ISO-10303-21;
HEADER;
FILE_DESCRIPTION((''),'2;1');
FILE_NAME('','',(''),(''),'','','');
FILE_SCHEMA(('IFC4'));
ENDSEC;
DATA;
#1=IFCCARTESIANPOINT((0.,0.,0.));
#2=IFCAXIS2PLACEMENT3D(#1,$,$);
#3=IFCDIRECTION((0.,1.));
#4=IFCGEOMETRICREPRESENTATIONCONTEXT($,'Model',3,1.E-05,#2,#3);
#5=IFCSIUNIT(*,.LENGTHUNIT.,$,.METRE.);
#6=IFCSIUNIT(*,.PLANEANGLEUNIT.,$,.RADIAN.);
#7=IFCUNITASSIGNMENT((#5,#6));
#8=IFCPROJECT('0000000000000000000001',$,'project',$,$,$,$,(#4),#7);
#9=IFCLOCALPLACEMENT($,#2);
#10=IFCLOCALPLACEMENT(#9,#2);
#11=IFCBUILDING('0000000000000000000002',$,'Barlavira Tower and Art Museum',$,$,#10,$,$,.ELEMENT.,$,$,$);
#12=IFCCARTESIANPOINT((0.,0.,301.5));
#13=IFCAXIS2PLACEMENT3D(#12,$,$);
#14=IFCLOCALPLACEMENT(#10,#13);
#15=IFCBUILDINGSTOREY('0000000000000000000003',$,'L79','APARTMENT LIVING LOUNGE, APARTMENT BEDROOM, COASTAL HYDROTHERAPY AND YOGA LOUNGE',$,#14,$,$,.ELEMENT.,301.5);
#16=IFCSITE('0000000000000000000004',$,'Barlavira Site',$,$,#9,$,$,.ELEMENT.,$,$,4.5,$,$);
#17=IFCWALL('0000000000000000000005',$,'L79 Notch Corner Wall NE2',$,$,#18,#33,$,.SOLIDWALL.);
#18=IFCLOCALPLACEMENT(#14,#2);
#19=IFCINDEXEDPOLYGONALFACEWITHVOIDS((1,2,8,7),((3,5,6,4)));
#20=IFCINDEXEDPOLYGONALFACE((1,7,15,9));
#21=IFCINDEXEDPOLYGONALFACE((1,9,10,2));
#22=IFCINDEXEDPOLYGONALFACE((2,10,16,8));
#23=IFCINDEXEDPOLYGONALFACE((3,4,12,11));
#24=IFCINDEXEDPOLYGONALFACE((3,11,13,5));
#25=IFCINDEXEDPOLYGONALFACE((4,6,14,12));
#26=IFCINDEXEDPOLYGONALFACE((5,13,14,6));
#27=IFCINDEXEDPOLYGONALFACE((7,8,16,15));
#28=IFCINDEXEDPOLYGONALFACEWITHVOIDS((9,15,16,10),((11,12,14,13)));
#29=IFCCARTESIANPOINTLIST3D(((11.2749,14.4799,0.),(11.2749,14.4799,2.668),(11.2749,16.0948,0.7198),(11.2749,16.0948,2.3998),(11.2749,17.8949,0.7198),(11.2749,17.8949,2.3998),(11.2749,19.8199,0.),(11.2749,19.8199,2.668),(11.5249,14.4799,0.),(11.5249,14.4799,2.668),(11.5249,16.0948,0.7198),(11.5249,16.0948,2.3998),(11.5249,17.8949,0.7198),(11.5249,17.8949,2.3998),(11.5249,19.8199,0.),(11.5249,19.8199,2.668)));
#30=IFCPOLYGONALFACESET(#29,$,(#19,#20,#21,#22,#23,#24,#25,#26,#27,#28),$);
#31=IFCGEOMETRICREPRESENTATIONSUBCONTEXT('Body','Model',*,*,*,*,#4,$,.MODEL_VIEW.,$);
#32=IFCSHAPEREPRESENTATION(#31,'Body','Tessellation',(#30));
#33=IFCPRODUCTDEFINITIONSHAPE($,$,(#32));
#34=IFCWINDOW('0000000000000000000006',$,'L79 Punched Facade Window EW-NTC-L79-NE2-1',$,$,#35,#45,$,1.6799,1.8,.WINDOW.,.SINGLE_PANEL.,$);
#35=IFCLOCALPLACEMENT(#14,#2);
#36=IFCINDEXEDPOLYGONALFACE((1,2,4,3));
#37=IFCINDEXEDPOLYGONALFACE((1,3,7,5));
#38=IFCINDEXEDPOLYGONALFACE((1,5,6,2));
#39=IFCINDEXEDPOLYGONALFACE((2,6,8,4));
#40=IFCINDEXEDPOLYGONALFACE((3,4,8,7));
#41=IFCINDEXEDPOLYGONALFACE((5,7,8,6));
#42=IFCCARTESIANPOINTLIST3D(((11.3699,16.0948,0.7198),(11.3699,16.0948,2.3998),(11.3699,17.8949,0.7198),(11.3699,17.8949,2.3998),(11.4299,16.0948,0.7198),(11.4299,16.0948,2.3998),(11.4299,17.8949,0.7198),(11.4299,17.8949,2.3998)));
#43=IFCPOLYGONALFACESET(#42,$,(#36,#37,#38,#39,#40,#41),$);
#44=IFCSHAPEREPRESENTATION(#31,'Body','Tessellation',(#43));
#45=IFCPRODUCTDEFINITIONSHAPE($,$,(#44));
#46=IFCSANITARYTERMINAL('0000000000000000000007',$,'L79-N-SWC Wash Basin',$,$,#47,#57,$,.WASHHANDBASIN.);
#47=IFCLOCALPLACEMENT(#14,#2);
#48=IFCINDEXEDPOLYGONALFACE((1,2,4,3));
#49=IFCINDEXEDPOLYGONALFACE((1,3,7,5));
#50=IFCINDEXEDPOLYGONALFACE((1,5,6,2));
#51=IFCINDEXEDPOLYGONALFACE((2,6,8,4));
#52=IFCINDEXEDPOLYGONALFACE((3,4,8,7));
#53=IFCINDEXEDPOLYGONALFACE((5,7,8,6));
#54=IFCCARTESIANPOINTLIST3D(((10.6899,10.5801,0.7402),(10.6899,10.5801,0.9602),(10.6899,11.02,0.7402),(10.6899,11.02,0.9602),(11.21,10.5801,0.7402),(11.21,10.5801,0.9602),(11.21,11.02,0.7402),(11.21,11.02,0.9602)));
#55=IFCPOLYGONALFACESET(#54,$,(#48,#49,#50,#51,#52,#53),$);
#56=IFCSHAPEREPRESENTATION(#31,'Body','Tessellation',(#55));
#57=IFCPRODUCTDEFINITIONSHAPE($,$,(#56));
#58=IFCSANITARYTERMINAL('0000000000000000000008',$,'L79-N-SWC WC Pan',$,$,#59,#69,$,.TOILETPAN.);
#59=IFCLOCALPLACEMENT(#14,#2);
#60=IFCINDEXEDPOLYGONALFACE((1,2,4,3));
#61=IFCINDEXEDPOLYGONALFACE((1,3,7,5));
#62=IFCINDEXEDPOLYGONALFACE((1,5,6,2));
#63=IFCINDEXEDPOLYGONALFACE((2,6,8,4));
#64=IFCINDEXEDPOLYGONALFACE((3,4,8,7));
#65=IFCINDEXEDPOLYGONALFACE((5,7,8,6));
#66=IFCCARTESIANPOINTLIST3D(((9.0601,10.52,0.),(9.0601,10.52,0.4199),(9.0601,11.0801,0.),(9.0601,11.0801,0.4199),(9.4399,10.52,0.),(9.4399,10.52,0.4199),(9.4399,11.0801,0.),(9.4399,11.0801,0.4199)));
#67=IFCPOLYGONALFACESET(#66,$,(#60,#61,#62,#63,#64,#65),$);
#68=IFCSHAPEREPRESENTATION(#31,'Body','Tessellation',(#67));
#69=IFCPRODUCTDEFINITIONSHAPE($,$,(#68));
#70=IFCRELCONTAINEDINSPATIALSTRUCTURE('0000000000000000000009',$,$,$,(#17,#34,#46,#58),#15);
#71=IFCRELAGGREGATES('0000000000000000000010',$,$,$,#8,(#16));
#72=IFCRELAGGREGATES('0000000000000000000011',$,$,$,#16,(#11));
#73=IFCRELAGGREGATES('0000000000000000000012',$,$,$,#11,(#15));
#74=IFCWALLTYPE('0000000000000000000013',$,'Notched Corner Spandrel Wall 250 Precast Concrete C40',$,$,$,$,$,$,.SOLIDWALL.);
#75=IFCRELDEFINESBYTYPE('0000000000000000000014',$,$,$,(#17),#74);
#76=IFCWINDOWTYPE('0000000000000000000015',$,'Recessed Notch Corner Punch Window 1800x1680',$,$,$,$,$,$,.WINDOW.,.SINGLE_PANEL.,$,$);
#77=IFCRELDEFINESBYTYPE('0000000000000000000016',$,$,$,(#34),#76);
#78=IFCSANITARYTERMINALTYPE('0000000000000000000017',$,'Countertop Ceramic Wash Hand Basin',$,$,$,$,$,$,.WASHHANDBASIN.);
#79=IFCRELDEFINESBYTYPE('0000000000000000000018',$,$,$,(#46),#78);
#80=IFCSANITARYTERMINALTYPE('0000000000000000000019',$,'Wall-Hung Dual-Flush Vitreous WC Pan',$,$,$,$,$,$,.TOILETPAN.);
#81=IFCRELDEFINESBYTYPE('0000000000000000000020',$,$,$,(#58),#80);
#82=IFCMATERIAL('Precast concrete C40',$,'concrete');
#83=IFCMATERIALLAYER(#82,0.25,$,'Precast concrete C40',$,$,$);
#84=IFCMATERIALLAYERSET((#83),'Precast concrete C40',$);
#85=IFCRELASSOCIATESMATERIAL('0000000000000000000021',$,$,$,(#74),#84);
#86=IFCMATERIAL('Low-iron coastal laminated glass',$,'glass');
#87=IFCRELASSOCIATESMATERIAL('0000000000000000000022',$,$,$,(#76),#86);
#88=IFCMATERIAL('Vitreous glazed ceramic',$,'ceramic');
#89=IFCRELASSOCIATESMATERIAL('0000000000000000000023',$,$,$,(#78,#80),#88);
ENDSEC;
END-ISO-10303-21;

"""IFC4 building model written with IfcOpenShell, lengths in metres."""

from ifc_helpers import new_model, si_unit, direction, frame, frame_2d, origin, origin_2d, place, context, subcontext, project, spatial, rectangle, extrude, material, layer, layer_set, type_object, element, fill, save


model = new_model("IFC4")

# Units and contexts
model_context = context("Model", 3, precision=1e-05, world=origin(), true_north=direction((0.0, 1.0)))
body_context = subcontext(model_context, "Body", "Model", "MODEL_VIEW")
ifc_project = project(units=[si_unit("LENGTHUNIT", "METRE"), si_unit("PLANEANGLEUNIT", "RADIAN")], contexts=[model_context])

# Site, building, storey
site_placement = place(None, origin())
site = spatial("IfcSite", under=ifc_project, at=site_placement, Name="Barlavira Site", CompositionType="ELEMENT", RefElevation=4.5)
building_placement = place(site_placement, origin())
building = spatial("IfcBuilding", under=site, at=building_placement, Name="Barlavira Tower and Art Museum", CompositionType="ELEMENT")
storey_placement = place(building_placement, frame((0.0, 0.0, 301.5)))
storey = spatial("IfcBuildingStorey", under=building, at=storey_placement, Name="L79", Description="APARTMENT LIVING LOUNGE, APARTMENT BEDROOM, COASTAL HYDROTHERAPY AND YOGA LOUNGE", CompositionType="ELEMENT", Elevation=301.5)

# Shared definitions
ifc_material_1 = material(Name="Precast concrete C40", Category="concrete")
ifc_layer_1 = layer(ifc_material_1, 0.25, Name="Precast concrete C40")
ifc_layer_set_1 = layer_set([ifc_layer_1], Name="Precast concrete C40")
wall_type_1 = type_object("IfcWallType", Name="Notched Corner Spandrel Wall 250 Precast Concrete C40", PredefinedType="SOLIDWALL", material=ifc_layer_set_1)
ifc_material_2 = material(Name="Low-iron coastal laminated glass", Category="glass")

# Shared definitions
window_type_1 = type_object("IfcWindowType", Name="Recessed Notch Corner Punch Window 1800x1680", PartitioningType="SINGLE_PANEL", PredefinedType="WINDOW", material=ifc_material_2)

# Wall, opening, window
wall_1_placement = place(storey_placement, frame((11.3999, 14.48, 0.0), z_axis=(0.0, 0.0, 1.0), x_axis=(0.0, 1.0, 0.0)))
wall_1 = element("IfcWall", 1, at=wall_1_placement, inside=storey, type_object=wall_type_1, Name="L79 Notch Corner Wall NE2", PredefinedType="SOLIDWALL", context=body_context, shape_type="SweptSolid", body=[
    extrude(rectangle(XDim=5.3401, YDim=0.25, at=frame_2d((2.6699, 0.0))), origin(), (0.0, 0.0, 1.0), 2.668),
])
opening_1_placement = place(wall_1_placement, frame((1.615, 0.0, 0.72)))
opening_1 = element("IfcOpeningElement", 2, at=opening_1_placement, cuts=wall_1, PredefinedType="OPENING", context=body_context, shape_type="SweptSolid", body=[
    extrude(rectangle(XDim=1.8, YDim=1.6799, at=frame_2d((0.8999, 0.8398))), frame((0.0, 0.135, 0.0), z_axis=(0.0, -1.0, 0.0), x_axis=(1.0, 0.0, 0.0)), (0.0, 0.0, 1.0), 0.27),
])
window_1_placement = place(opening_1_placement, origin())
window_1 = element("IfcWindow", 3, at=window_1_placement, inside=storey, type_object=window_type_1, Name="L79 Punched Facade Window EW-NTC-L79-NE2-1", OverallHeight=1.6799, OverallWidth=1.8, PartitioningType="SINGLE_PANEL", PredefinedType="WINDOW", context=body_context, shape_type="SweptSolid", body=[
    extrude(rectangle(XDim=1.8, YDim=1.6799, at=frame_2d((0.8999, 0.8398))), frame((0.0, 0.03, 0.0), z_axis=(0.0, -1.0, 0.0), x_axis=(1.0, 0.0, 0.0)), (0.0, 0.0, 1.0), 0.0601),
])
fill(opening_1, window_1)

# Sanitary terminals
ifc_material_3 = material(Name="Vitreous glazed ceramic", Category="ceramic")
sanitary_terminal_type_1 = type_object("IfcSanitaryTerminalType", Name="Countertop Ceramic Wash Hand Basin", PredefinedType="WASHHANDBASIN", material=ifc_material_3)
sanitary_terminal_1_placement = place(storey_placement, frame((10.95, 10.8, 0.7402), z_axis=(0.0, 0.0, 1.0), x_axis=(1.0, 0.0, 0.0)))
element("IfcSanitaryTerminal", 4, at=sanitary_terminal_1_placement, inside=storey, type_object=sanitary_terminal_type_1, Name="L79-N-SWC Wash Basin", PredefinedType="WASHHANDBASIN", context=body_context, shape_type="SweptSolid", body=[
    extrude(rectangle(XDim=0.52, YDim=0.4399, at=origin_2d()), origin(), (0.0, 0.0, 1.0), 0.22),
])
sanitary_terminal_type_2 = type_object("IfcSanitaryTerminalType", Name="Wall-Hung Dual-Flush Vitreous WC Pan", PredefinedType="TOILETPAN", material=ifc_material_3)
sanitary_terminal_2_placement = place(storey_placement, frame((9.25, 10.8, 0.0), z_axis=(0.0, 0.0, 1.0), x_axis=(1.0, 0.0, 0.0)))
element("IfcSanitaryTerminal", 5, at=sanitary_terminal_2_placement, inside=storey, type_object=sanitary_terminal_type_2, Name="L79-N-SWC WC Pan", PredefinedType="TOILETPAN", context=body_context, shape_type="SweptSolid", body=[
    extrude(rectangle(XDim=0.3799, YDim=0.5601, at=origin_2d()), origin(), (0.0, 0.0, 1.0), 0.4199),
])

save(model, "model.ifc")
